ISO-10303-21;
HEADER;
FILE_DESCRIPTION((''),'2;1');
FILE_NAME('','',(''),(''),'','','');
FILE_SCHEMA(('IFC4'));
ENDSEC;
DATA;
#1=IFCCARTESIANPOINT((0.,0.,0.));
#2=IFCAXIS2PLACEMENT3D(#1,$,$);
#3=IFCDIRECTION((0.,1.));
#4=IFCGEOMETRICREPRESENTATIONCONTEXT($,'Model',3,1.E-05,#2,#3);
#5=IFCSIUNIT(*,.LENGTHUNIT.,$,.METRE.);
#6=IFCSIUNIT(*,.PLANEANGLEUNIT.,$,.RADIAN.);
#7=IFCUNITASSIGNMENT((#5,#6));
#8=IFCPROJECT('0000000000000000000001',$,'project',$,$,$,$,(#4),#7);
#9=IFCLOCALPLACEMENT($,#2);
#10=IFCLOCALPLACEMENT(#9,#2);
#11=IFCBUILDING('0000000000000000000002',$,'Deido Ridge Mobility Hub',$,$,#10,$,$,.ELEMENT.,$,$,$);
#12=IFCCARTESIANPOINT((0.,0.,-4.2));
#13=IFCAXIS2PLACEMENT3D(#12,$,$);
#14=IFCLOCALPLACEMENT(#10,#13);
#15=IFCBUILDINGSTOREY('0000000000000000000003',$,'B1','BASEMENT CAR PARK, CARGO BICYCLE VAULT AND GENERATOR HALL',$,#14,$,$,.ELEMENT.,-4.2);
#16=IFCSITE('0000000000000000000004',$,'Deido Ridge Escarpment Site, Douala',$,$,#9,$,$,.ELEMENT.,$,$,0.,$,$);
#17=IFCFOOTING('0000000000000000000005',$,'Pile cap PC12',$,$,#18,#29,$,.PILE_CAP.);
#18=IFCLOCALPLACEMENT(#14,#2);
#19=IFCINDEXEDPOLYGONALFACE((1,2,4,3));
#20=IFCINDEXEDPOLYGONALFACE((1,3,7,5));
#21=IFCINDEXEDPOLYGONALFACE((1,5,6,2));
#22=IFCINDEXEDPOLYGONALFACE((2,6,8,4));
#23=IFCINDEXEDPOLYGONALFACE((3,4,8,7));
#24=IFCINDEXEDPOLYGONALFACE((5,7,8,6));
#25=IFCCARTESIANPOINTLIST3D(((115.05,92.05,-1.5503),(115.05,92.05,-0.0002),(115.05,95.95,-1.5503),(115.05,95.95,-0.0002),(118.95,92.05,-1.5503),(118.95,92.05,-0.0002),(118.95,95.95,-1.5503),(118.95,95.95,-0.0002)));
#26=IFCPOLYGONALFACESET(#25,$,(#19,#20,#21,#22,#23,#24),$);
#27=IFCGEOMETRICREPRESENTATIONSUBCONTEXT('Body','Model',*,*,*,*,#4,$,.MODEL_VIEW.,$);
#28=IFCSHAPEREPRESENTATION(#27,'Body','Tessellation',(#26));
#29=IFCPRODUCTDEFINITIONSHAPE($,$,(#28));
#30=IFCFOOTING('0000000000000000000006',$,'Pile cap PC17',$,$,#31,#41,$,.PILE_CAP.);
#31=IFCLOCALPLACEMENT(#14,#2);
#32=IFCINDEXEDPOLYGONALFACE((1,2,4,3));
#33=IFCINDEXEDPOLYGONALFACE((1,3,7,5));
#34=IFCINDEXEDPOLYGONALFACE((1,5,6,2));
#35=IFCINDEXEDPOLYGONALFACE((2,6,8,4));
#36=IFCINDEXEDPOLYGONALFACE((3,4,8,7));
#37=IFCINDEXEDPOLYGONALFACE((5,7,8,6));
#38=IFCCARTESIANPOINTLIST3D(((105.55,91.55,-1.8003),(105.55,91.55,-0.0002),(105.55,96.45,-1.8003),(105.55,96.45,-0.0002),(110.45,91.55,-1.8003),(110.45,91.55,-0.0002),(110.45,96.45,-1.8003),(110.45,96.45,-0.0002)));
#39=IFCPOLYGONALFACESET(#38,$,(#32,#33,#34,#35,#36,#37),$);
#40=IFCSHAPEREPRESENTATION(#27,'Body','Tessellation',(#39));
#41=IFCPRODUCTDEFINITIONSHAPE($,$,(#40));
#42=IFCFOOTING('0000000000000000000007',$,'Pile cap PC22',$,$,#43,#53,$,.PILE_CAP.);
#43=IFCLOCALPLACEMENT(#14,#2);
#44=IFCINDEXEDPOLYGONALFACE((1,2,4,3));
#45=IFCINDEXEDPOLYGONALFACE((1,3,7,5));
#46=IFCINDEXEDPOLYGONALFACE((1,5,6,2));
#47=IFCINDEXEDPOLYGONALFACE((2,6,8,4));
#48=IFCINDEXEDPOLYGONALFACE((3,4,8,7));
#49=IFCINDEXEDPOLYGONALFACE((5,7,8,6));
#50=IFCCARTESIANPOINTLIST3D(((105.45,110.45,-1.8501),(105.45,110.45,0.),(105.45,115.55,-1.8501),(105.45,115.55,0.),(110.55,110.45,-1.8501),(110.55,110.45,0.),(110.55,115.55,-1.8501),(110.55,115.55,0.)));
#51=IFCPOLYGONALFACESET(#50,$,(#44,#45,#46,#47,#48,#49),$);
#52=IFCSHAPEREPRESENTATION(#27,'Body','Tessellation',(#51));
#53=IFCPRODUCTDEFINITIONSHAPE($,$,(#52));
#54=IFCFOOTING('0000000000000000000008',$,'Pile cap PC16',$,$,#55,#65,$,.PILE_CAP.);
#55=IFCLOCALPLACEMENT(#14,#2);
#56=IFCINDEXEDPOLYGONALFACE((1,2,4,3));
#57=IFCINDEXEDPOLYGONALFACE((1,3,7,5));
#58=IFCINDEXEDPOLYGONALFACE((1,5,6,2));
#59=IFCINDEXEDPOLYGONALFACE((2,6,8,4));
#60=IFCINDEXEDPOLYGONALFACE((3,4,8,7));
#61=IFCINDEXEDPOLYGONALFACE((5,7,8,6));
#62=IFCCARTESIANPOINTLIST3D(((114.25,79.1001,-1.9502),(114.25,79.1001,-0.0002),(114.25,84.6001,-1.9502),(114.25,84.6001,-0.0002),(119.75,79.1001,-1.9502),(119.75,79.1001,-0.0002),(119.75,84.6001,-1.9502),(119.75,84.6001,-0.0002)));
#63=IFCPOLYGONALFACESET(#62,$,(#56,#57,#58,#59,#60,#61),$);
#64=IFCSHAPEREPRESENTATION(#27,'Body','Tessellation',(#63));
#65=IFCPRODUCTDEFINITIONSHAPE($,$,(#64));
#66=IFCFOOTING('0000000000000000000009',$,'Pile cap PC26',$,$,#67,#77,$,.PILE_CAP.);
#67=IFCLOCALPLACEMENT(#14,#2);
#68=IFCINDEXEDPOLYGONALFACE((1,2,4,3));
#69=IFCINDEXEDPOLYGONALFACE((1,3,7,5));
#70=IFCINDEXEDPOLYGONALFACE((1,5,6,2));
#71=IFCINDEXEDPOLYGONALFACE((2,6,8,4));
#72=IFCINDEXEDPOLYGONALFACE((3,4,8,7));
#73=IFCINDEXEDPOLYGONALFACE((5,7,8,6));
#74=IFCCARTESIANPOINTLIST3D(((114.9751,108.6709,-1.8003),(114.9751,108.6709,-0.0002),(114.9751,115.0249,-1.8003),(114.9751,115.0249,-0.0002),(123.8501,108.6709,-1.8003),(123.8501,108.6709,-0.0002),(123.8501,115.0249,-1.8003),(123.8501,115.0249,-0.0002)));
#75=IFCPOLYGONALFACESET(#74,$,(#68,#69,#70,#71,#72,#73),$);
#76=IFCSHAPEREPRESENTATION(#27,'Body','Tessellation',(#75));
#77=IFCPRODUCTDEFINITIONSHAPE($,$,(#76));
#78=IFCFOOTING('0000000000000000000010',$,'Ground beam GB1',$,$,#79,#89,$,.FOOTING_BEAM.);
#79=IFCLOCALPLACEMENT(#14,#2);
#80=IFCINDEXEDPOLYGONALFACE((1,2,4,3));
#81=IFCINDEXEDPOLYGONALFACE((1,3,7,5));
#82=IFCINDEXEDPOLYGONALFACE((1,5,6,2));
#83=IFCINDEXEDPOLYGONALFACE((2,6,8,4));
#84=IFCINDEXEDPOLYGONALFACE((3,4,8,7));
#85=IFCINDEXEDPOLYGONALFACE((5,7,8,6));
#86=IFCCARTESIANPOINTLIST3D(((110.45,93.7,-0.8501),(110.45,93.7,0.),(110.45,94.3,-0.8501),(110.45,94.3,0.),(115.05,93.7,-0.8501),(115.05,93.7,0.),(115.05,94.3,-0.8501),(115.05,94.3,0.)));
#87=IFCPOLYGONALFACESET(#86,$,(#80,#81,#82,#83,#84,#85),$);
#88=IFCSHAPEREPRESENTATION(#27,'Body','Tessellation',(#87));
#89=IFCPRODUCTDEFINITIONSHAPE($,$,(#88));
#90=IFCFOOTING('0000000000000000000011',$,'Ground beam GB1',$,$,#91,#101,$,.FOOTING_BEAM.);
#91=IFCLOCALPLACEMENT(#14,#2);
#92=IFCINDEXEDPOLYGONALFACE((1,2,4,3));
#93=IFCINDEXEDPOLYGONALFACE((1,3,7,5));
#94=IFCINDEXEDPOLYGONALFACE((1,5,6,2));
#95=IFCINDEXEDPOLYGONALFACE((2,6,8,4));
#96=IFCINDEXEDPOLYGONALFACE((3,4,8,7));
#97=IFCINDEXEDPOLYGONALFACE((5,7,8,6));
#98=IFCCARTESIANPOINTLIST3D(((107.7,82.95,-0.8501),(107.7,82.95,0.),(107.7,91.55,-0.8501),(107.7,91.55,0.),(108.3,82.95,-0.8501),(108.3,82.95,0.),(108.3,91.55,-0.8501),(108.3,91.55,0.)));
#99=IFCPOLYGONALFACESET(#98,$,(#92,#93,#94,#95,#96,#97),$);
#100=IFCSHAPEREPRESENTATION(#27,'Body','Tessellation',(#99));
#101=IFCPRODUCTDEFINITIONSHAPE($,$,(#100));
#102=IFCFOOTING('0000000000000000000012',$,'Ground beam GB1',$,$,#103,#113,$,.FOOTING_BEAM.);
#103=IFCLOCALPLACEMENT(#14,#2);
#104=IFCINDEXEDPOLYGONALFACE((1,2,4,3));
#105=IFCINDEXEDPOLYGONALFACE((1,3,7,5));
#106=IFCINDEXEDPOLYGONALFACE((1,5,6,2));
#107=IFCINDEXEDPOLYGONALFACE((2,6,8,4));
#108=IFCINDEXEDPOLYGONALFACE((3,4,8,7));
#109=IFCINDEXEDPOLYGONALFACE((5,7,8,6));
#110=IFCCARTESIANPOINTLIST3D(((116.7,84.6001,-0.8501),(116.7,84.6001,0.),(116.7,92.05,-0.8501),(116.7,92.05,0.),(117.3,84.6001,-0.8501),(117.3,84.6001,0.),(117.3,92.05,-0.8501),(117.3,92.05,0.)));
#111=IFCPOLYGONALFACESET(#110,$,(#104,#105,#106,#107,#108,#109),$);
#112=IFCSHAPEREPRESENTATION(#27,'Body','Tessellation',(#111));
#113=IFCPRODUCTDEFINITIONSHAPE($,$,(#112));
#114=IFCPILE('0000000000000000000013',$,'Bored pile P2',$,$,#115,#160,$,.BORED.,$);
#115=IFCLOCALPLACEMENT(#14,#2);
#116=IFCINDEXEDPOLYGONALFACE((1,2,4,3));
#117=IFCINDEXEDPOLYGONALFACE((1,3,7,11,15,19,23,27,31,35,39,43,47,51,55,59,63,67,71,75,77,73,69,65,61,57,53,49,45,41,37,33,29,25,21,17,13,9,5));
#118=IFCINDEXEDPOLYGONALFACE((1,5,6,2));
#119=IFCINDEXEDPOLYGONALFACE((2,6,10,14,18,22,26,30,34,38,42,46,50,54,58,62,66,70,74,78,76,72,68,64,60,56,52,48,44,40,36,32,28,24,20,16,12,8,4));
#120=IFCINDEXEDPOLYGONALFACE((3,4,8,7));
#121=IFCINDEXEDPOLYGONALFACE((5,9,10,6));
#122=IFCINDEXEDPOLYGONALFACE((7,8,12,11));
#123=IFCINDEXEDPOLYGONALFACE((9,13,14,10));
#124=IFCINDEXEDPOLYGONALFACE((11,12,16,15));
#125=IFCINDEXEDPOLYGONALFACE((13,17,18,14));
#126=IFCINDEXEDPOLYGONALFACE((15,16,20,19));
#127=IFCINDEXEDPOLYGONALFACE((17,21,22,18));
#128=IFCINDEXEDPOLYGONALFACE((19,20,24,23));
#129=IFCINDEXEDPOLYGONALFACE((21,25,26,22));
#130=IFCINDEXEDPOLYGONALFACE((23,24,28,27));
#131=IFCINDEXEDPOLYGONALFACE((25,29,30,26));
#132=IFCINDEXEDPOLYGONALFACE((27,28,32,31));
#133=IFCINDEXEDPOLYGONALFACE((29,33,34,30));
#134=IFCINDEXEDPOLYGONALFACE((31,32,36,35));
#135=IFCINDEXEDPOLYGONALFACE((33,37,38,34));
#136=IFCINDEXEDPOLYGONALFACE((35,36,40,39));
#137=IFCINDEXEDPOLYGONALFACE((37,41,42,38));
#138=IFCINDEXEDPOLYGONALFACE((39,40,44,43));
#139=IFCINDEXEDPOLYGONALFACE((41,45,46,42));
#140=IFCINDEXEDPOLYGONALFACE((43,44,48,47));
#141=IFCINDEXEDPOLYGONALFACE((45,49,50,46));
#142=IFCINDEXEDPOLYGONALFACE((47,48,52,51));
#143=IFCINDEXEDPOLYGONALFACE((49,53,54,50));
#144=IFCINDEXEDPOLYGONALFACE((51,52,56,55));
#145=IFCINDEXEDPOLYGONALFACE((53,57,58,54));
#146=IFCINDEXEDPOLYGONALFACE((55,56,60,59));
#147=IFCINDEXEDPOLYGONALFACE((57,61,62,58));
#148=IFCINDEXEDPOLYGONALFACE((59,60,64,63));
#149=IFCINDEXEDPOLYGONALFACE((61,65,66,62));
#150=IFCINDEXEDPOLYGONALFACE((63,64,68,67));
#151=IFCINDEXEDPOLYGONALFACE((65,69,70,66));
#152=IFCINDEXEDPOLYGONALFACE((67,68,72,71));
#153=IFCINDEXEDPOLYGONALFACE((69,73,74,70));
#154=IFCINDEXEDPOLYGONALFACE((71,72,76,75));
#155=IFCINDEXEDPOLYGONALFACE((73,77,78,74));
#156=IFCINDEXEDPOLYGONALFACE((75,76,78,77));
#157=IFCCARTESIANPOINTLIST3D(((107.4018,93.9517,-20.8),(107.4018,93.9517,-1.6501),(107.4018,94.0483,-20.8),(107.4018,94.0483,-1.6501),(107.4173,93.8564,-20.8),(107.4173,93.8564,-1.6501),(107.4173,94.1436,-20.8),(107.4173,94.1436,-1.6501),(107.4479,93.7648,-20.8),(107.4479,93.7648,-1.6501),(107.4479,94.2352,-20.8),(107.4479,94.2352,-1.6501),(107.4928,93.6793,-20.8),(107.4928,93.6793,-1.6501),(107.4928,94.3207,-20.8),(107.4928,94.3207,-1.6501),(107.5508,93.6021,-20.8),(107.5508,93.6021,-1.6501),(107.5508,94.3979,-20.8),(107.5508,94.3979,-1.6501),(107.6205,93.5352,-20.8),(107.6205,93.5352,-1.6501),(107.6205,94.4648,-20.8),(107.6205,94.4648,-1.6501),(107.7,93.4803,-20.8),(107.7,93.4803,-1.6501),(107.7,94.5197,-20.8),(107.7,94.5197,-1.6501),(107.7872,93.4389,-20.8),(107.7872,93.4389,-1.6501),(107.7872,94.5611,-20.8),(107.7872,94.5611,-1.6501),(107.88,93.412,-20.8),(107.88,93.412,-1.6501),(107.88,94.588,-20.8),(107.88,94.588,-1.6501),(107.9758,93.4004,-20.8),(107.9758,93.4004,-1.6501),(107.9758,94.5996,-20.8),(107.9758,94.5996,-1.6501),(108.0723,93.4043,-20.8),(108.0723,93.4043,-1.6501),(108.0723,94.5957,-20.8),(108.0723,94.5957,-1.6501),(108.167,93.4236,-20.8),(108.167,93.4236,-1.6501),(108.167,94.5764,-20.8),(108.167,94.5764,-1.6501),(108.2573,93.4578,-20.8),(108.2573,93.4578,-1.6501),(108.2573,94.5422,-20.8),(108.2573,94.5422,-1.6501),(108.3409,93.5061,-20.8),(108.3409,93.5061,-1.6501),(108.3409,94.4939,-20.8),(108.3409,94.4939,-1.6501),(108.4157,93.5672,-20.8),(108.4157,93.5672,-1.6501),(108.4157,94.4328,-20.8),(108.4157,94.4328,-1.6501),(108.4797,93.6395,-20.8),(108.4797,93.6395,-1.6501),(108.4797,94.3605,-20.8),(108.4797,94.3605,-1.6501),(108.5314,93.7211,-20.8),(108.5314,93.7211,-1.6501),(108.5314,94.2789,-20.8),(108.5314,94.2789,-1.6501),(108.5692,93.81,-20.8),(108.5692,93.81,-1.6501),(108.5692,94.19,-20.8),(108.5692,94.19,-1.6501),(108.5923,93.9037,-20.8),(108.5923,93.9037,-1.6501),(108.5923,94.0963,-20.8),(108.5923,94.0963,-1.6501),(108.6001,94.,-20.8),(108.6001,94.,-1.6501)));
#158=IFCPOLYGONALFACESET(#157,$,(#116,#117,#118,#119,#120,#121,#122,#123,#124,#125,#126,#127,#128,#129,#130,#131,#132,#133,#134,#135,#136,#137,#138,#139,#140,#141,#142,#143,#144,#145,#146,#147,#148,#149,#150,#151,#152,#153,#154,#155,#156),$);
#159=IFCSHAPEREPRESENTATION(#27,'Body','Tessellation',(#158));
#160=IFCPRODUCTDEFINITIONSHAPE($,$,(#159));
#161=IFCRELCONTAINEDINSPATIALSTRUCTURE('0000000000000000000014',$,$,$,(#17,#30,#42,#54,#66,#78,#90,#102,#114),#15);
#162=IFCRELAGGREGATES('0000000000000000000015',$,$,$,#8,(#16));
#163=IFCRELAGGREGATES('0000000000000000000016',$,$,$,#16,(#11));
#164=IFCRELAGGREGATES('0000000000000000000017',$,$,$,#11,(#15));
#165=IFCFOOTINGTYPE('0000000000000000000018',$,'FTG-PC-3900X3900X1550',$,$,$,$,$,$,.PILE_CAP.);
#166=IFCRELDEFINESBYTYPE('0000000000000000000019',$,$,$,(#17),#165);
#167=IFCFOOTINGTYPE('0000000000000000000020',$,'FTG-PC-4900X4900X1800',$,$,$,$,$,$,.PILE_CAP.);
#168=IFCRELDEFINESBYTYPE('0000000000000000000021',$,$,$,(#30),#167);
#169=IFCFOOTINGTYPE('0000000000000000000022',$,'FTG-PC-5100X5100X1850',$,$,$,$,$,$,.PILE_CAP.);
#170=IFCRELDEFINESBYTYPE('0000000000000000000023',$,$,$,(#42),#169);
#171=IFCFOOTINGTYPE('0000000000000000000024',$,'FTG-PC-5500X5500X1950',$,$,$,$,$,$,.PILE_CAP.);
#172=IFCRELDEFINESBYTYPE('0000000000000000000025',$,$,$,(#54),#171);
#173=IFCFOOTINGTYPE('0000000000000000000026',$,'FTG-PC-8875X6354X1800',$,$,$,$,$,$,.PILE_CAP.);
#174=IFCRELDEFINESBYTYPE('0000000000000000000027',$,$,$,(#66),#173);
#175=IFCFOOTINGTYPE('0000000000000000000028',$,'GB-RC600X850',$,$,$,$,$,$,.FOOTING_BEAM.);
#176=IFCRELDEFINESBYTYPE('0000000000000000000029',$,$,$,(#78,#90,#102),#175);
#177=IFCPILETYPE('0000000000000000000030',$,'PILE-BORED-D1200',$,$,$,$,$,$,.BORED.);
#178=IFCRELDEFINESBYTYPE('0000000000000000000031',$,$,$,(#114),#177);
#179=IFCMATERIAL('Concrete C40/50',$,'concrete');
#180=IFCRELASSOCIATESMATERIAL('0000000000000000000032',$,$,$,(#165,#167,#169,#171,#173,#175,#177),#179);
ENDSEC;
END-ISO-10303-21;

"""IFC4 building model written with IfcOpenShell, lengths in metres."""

from ifc_helpers import new_model, si_unit, direction, frame, origin, origin_2d, place, context, subcontext, project, spatial, rectangle, circle, extrude, material, material_profile, profile_set, type_object, element, save


model = new_model("IFC4")

# Units and contexts
model_context = context("Model", 3, precision=1e-05, world=origin(), true_north=direction((0.0, 1.0)))
body_context = subcontext(model_context, "Body", "Model", "MODEL_VIEW")
ifc_project = project(units=[si_unit("LENGTHUNIT", "METRE"), si_unit("PLANEANGLEUNIT", "RADIAN")], contexts=[model_context])

# Site, building, storey
site_placement = place(None, origin())
site = spatial("IfcSite", under=ifc_project, at=site_placement, Name="Deido Ridge Escarpment Site, Douala", CompositionType="ELEMENT", RefElevation=0.0)
building_placement = place(site_placement, origin())
building = spatial("IfcBuilding", under=site, at=building_placement, Name="Deido Ridge Mobility Hub", CompositionType="ELEMENT")
storey_placement = place(building_placement, frame((0.0, 0.0, -4.2)))
storey = spatial("IfcBuildingStorey", under=building, at=storey_placement, Name="B1", Description="BASEMENT CAR PARK, CARGO BICYCLE VAULT AND GENERATOR HALL", CompositionType="ELEMENT", Elevation=-4.2)

# Footings
ifc_material_1 = material(Name="Concrete C40/50", Category="concrete")
footing_type_1 = type_object("IfcFootingType", Name="FTG-PC-3900X3900X1550", PredefinedType="PILE_CAP", material=ifc_material_1)
footing_1_placement = place(storey_placement, frame((117.0, 94.0, -1.5503), z_axis=(0.0, 0.0, 1.0), x_axis=(1.0, 0.0, 0.0)))
element("IfcFooting", 1, at=footing_1_placement, inside=storey, type_object=footing_type_1, Name="Pile cap PC12", PredefinedType="PILE_CAP", context=body_context, shape_type="SweptSolid", body=[
    extrude(rectangle(XDim=3.8999, YDim=3.8999, at=origin_2d()), origin(), (0.0, 0.0, 1.0), 1.55),
])
footing_type_2 = type_object("IfcFootingType", Name="FTG-PC-4900X4900X1800", PredefinedType="PILE_CAP", material=ifc_material_1)
footing_2_placement = place(storey_placement, frame((108.0, 94.0, -1.8003), z_axis=(0.0, 0.0, 1.0), x_axis=(1.0, 0.0, 0.0)))
element("IfcFooting", 2, at=footing_2_placement, inside=storey, type_object=footing_type_2, Name="Pile cap PC17", PredefinedType="PILE_CAP", context=body_context, shape_type="SweptSolid", body=[
    extrude(rectangle(XDim=4.8999, YDim=4.8999, at=origin_2d()), origin(), (0.0, 0.0, 1.0), 1.8),
])
footing_type_3 = type_object("IfcFootingType", Name="FTG-PC-5100X5100X1850", PredefinedType="PILE_CAP", material=ifc_material_1)
footing_3_placement = place(storey_placement, frame((108.0, 113.0, -1.8501), z_axis=(0.0, 0.0, 1.0), x_axis=(1.0, 0.0, 0.0)))
element("IfcFooting", 3, at=footing_3_placement, inside=storey, type_object=footing_type_3, Name="Pile cap PC22", PredefinedType="PILE_CAP", context=body_context, shape_type="SweptSolid", body=[
    extrude(rectangle(XDim=5.1001, YDim=5.1001, at=origin_2d()), origin(), (0.0, 0.0, 1.0), 1.8501),
])
footing_type_4 = type_object("IfcFootingType", Name="FTG-PC-5500X5500X1950", PredefinedType="PILE_CAP", material=ifc_material_1)
footing_4_placement = place(storey_placement, frame((117.0, 81.8501, -1.9502), z_axis=(0.0, 0.0, 1.0), x_axis=(1.0, 0.0, 0.0)))
element("IfcFooting", 4, at=footing_4_placement, inside=storey, type_object=footing_type_4, Name="Pile cap PC16", PredefinedType="PILE_CAP", context=body_context, shape_type="SweptSolid", body=[
    extrude(rectangle(XDim=5.5, YDim=5.5, at=origin_2d()), origin(), (0.0, 0.0, 1.0), 1.95),
])
footing_type_5 = type_object("IfcFootingType", Name="FTG-PC-8875X6354X1800", PredefinedType="PILE_CAP", material=ifc_material_1)
footing_5_placement = place(storey_placement, frame((119.4126, 111.8479, -1.8003), z_axis=(0.0, 0.0, 1.0), x_axis=(1.0, 0.0, 0.0)))
element("IfcFooting", 5, at=footing_5_placement, inside=storey, type_object=footing_type_5, Name="Pile cap PC26", PredefinedType="PILE_CAP", context=body_context, shape_type="SweptSolid", body=[
    extrude(rectangle(XDim=8.875, YDim=6.354, at=origin_2d()), origin(), (0.0, 0.0, 1.0), 1.8),
])
ifc_material_profile_1 = material_profile(ifc_material_1, rectangle(XDim=0.6001, YDim=0.8501, at=origin_2d()), Name="RC GB 600x850")
ifc_profile_set_1 = profile_set([ifc_material_profile_1], Name="Concrete C40/50")
footing_type_6 = type_object("IfcFootingType", Name="GB-RC600X850", PredefinedType="FOOTING_BEAM", material=ifc_profile_set_1)
footing_6_placement = place(storey_placement, frame((110.45, 94.0, -0.425), z_axis=(1.0, 0.0, 0.0), x_axis=(0.0, 1.0, 0.0)))
element("IfcFooting", 6, at=footing_6_placement, inside=storey, type_object=footing_type_6, Name="Ground beam GB1", PredefinedType="FOOTING_BEAM", context=body_context, shape_type="SweptSolid", body=[
    extrude(rectangle(XDim=0.6001, YDim=0.8501, at=origin_2d()), origin(), (0.0, 0.0, 1.0), 4.6001),
])
footing_7_placement = place(storey_placement, frame((108.0, 82.95, -0.425), z_axis=(0.0, 1.0, 0.0), x_axis=(-1.0, 0.0, 0.0)))
element("IfcFooting", 7, at=footing_7_placement, inside=storey, type_object=footing_type_6, Name="Ground beam GB1", PredefinedType="FOOTING_BEAM", context=body_context, shape_type="SweptSolid", body=[
    extrude(rectangle(XDim=0.6001, YDim=0.8501, at=origin_2d()), origin(), (0.0, 0.0, 1.0), 8.6001),
])
footing_8_placement = place(storey_placement, frame((117.0, 84.6001, -0.425), z_axis=(0.0, 1.0, 0.0), x_axis=(-1.0, 0.0, 0.0)))
element("IfcFooting", 8, at=footing_8_placement, inside=storey, type_object=footing_type_6, Name="Ground beam GB1", PredefinedType="FOOTING_BEAM", context=body_context, shape_type="SweptSolid", body=[
    extrude(rectangle(XDim=0.6001, YDim=0.8501, at=origin_2d()), origin(), (0.0, 0.0, 1.0), 7.45),
])

# Pile
ifc_material_profile_2 = material_profile(ifc_material_1, circle(Radius=0.6001, at=origin_2d()), Name="BORED PILE D1200")
ifc_profile_set_2 = profile_set([ifc_material_profile_2], Name="Concrete C40/50")
pile_type_1 = type_object("IfcPileType", Name="PILE-BORED-D1200", PredefinedType="BORED", material=ifc_profile_set_2)
pile_1_placement = place(storey_placement, frame((108.0, 94.0, -1.6501), z_axis=(0.0, 0.0, -1.0), x_axis=(1.0, 0.0, 0.0)))
element("IfcPile", 9, at=pile_1_placement, inside=storey, type_object=pile_type_1, Name="Bored pile P2", PredefinedType="BORED", context=body_context, shape_type="SweptSolid", body=[
    extrude(circle(Radius=0.6001, at=origin_2d()), origin(), (0.0, 0.0, 1.0), 19.1499),
])

save(model, "model.ifc")
